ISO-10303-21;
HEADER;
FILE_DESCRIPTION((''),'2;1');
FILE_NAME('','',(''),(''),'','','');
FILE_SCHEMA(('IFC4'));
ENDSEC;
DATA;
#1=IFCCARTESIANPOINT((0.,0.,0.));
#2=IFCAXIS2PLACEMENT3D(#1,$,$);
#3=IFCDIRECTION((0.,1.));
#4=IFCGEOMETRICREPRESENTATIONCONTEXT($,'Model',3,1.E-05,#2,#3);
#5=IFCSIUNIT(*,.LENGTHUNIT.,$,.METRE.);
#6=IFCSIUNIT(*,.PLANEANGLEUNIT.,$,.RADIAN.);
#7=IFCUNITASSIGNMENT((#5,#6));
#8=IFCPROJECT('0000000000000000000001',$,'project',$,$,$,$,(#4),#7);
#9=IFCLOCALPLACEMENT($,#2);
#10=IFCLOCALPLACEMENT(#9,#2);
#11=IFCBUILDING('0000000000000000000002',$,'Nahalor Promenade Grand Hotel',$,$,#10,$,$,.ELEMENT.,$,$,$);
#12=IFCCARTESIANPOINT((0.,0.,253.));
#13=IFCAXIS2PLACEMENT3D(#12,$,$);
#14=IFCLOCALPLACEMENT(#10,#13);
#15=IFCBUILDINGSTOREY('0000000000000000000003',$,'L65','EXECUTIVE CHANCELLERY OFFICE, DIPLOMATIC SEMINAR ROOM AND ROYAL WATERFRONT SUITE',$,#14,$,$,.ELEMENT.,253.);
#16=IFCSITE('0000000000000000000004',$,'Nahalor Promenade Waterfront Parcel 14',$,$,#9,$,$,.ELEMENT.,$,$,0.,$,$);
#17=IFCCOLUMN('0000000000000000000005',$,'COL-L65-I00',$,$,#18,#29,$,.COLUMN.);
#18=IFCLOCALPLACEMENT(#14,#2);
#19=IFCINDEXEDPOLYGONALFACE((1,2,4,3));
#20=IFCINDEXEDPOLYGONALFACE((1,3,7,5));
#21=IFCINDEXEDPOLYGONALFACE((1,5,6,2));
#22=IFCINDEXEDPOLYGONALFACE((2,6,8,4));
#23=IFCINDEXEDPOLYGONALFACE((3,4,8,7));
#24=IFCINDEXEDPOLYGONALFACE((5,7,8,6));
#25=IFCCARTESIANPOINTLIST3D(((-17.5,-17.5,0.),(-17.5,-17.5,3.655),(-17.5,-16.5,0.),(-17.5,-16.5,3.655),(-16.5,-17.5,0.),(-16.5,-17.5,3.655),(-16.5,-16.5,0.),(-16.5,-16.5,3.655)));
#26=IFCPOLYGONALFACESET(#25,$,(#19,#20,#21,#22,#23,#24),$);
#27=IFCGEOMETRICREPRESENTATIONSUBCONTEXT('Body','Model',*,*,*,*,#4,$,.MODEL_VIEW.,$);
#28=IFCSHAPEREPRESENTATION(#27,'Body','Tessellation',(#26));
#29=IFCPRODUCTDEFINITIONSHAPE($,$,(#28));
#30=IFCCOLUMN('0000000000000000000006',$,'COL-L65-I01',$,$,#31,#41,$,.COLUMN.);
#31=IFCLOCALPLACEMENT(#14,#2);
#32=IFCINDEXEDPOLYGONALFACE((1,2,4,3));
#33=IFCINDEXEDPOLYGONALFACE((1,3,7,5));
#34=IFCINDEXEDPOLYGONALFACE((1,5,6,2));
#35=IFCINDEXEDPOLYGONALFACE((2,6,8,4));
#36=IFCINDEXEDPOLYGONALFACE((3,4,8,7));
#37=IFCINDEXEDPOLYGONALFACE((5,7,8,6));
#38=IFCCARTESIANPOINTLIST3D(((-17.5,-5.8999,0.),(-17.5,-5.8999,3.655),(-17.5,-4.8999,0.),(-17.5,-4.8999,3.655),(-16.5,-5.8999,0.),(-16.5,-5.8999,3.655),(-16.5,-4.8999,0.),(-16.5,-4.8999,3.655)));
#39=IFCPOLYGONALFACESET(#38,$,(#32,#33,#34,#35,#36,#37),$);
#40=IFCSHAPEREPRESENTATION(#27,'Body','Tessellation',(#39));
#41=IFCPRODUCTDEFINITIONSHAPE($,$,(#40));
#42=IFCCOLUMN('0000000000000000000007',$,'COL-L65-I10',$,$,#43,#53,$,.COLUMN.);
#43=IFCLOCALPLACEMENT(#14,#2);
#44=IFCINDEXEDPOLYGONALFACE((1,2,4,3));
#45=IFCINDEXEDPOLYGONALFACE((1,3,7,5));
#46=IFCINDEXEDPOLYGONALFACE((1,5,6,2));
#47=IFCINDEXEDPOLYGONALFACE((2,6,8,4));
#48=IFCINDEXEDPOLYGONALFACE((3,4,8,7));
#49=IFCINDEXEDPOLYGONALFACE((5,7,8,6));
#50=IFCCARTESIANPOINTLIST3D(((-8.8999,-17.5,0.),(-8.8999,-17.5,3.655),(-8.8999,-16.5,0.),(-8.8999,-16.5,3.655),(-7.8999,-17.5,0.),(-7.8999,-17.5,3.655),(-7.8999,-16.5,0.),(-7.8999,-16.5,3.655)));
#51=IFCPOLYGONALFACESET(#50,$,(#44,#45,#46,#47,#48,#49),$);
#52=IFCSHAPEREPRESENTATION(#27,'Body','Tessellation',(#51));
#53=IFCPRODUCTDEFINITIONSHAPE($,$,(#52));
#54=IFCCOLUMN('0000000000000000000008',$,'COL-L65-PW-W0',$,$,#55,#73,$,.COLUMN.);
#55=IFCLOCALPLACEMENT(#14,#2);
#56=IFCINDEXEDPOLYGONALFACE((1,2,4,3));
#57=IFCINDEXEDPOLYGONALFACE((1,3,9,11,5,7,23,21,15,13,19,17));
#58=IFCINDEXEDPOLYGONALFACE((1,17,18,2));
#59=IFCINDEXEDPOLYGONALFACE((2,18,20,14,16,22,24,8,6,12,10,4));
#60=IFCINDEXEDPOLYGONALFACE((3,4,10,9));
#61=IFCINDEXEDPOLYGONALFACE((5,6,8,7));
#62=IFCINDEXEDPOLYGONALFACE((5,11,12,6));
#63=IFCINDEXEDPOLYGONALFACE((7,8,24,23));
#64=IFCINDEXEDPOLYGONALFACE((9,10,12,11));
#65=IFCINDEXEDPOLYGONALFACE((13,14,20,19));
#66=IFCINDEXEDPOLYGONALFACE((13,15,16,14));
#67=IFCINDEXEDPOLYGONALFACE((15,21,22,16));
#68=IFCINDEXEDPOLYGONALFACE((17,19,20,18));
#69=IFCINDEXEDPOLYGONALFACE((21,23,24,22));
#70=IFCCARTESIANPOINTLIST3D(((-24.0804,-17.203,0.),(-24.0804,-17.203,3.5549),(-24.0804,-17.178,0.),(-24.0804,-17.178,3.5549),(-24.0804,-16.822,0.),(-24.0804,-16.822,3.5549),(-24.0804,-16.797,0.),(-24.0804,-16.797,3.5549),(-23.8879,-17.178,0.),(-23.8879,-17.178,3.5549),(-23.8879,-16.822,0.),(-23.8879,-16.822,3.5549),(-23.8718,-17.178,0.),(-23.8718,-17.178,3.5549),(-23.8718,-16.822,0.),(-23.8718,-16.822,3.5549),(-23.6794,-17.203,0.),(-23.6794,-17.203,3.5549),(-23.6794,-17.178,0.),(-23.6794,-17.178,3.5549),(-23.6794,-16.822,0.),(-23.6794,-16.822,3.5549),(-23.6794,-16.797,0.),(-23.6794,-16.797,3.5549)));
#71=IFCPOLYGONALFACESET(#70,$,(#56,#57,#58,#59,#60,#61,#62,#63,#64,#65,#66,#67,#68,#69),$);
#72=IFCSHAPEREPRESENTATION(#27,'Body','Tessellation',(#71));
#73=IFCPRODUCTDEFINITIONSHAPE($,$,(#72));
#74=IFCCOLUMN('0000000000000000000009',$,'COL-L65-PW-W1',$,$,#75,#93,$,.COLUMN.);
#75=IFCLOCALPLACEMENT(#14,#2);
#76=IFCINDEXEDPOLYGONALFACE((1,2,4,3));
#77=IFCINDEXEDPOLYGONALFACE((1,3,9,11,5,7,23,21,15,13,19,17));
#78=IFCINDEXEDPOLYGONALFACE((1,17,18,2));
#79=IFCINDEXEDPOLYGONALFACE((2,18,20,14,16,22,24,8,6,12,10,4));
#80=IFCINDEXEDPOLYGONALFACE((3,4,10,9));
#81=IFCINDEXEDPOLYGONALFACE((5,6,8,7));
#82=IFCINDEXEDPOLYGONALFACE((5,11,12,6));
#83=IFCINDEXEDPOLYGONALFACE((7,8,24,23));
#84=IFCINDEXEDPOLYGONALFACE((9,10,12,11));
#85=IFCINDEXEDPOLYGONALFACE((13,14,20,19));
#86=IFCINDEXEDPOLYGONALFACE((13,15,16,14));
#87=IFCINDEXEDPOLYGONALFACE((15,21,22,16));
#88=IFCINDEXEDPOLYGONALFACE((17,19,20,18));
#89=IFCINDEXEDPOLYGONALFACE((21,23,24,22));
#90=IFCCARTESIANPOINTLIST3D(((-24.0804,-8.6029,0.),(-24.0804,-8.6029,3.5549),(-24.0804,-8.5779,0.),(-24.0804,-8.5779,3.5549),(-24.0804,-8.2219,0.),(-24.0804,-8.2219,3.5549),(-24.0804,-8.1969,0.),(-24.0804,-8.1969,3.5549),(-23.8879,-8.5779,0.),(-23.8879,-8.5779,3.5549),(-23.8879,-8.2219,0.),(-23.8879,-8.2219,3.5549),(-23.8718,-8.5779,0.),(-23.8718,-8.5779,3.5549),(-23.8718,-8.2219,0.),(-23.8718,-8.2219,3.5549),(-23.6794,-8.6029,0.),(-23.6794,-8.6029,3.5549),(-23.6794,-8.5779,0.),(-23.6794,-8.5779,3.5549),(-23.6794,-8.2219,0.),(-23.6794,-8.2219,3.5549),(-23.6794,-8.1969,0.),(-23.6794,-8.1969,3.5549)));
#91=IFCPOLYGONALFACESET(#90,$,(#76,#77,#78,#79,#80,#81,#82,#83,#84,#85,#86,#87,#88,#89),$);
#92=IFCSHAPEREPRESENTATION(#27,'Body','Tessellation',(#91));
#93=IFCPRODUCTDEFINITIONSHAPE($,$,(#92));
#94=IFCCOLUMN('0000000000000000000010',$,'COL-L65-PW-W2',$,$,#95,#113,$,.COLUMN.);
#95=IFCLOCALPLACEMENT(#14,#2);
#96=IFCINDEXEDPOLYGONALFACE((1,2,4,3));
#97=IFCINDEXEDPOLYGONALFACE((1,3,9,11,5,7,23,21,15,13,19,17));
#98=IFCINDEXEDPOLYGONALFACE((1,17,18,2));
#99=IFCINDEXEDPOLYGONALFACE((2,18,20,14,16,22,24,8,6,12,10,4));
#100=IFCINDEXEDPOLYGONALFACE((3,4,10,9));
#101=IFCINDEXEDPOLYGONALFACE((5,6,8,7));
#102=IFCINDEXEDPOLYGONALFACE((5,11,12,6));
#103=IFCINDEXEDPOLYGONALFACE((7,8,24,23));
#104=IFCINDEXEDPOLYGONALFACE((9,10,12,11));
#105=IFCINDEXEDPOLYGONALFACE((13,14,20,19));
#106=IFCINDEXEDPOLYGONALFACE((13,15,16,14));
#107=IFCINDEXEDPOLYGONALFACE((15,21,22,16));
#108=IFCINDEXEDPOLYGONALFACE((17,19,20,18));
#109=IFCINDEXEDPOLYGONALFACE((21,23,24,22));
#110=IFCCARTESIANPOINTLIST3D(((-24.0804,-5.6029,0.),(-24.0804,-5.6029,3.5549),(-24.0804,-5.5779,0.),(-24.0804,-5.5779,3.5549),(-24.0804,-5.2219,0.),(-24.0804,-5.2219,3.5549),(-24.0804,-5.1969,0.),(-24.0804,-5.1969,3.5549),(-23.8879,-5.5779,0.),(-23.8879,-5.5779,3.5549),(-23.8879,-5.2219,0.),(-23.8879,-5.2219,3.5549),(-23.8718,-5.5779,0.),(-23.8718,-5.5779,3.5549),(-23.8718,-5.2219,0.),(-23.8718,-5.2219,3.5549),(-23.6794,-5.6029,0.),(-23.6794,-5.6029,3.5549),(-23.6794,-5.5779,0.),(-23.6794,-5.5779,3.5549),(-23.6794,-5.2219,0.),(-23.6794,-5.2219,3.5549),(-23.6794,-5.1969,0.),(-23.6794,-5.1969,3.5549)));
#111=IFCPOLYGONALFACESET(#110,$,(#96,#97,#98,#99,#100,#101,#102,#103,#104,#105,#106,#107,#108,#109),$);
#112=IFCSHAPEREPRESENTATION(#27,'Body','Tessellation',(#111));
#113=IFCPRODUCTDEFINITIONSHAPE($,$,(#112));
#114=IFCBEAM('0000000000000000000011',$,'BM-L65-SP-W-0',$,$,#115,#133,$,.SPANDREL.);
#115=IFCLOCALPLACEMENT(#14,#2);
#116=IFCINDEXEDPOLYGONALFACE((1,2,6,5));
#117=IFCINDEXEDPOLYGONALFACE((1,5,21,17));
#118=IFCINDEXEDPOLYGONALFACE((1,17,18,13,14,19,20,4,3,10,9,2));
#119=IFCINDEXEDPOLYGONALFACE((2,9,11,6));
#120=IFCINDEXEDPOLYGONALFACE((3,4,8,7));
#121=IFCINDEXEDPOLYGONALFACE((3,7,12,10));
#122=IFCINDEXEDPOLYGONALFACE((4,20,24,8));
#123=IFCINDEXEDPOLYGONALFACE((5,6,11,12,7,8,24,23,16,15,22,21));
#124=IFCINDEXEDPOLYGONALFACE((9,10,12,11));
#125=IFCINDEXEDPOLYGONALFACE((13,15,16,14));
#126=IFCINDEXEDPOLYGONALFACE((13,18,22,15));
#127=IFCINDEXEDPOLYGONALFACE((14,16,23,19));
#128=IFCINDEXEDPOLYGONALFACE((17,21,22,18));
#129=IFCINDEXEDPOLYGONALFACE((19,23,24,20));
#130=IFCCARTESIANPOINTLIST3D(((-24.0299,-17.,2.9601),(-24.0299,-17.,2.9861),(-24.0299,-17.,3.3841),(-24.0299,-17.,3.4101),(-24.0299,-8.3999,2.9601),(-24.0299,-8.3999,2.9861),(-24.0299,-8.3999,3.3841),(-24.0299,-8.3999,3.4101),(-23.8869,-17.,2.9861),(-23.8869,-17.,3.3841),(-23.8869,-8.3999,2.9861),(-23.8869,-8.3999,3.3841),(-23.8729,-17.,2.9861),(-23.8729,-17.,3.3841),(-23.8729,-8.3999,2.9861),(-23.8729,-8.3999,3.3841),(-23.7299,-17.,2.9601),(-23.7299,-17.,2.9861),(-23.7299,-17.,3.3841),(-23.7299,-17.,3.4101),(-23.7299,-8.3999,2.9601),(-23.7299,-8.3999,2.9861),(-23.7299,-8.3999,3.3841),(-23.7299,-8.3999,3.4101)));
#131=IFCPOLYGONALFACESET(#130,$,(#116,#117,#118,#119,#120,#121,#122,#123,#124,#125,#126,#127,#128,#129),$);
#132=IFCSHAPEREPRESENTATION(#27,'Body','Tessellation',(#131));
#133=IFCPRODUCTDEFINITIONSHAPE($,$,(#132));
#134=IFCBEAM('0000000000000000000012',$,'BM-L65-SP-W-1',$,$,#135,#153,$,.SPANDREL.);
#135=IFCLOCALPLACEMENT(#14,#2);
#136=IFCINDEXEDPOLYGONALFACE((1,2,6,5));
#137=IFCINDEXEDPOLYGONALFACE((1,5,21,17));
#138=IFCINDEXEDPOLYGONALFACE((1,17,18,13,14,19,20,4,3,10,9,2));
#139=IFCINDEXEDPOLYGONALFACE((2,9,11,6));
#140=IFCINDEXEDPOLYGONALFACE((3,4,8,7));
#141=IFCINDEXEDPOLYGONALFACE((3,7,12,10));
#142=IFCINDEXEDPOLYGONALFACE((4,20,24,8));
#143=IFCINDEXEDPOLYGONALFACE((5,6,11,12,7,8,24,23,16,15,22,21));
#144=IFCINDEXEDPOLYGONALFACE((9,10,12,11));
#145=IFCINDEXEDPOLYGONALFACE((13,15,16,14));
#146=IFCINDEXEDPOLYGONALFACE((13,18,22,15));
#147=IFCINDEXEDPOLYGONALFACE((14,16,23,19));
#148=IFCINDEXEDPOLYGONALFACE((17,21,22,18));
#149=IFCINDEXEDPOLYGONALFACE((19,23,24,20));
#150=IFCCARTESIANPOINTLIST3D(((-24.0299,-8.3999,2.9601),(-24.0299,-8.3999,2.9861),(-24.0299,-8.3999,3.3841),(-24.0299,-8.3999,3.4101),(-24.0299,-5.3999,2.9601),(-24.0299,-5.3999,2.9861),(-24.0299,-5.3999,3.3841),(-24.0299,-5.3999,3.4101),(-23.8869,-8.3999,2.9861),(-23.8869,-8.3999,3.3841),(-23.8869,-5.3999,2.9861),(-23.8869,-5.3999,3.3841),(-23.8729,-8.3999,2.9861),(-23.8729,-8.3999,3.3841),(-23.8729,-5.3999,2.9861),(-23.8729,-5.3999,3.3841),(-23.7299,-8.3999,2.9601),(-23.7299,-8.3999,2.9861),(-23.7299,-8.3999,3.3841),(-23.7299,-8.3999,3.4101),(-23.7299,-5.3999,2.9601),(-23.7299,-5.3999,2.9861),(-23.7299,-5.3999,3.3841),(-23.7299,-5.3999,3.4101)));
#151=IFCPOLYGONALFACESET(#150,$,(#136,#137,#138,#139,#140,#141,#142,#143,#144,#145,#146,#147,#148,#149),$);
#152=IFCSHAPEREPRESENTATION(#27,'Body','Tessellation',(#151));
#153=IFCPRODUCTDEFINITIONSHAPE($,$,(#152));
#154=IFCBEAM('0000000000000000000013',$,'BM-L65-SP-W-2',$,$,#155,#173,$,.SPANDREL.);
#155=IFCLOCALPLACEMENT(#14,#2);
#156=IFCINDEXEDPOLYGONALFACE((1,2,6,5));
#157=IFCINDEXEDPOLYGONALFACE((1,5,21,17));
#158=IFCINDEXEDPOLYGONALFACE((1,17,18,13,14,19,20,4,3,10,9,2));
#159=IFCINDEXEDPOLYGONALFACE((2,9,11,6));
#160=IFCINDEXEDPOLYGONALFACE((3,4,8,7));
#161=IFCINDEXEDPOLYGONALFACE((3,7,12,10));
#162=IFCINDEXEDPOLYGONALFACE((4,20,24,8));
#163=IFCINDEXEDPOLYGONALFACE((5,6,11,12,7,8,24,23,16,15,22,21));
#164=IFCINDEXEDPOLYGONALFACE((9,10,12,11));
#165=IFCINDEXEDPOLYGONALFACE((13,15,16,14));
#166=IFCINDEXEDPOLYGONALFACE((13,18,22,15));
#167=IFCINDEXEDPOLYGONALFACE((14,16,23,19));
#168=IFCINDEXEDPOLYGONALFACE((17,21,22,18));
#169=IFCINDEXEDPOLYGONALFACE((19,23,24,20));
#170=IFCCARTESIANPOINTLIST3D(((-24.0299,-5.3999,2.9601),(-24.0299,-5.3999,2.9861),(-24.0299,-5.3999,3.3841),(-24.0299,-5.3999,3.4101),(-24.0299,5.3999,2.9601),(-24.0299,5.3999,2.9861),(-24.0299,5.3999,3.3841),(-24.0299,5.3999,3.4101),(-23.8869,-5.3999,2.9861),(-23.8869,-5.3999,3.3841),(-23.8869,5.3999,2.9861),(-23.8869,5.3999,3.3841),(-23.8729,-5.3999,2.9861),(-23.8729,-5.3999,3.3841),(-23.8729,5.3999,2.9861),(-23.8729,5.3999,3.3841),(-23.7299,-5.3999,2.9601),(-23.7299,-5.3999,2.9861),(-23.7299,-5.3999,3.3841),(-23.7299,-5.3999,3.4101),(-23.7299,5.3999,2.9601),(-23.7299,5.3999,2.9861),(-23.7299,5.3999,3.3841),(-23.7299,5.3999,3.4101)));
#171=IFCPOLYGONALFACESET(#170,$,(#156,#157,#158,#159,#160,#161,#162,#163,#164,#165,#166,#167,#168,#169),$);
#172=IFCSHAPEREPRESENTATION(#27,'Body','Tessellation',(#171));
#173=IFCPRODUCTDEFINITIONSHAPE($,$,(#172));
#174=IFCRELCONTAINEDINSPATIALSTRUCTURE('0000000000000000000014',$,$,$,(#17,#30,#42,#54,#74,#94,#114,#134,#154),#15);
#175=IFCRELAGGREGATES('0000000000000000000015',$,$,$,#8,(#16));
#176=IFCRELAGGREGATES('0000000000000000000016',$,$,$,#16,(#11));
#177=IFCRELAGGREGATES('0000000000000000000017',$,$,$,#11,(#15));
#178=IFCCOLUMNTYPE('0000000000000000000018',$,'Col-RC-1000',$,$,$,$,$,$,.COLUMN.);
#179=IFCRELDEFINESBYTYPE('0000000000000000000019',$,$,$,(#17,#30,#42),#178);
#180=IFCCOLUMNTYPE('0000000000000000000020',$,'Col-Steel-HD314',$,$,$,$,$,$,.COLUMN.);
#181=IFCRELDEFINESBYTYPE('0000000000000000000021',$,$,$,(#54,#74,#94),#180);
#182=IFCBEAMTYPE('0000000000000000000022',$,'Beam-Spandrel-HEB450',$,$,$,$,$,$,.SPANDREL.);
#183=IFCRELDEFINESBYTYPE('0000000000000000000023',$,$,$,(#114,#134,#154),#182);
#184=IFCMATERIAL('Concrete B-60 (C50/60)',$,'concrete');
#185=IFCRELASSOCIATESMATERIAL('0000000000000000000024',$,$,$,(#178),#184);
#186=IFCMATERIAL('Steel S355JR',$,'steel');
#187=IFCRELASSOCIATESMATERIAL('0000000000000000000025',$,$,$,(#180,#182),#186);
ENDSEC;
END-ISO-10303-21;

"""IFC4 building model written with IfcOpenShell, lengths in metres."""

from ifc_helpers import new_model, si_unit, direction, frame, origin, origin_2d, place, context, subcontext, project, spatial, rectangle, i_section, extrude, source, transform, mapped, material, material_profile, profile_set, type_object, element, save


model = new_model("IFC4")

# Units and contexts
model_context = context("Model", 3, precision=1e-05, world=origin(), true_north=direction((0.0, 1.0)))
body_context = subcontext(model_context, "Body", "Model", "MODEL_VIEW")
ifc_project = project(units=[si_unit("LENGTHUNIT", "METRE"), si_unit("PLANEANGLEUNIT", "RADIAN")], contexts=[model_context])

# Site, building, storey
site_placement = place(None, origin())
site = spatial("IfcSite", under=ifc_project, at=site_placement, Name="Nahalor Promenade Waterfront Parcel 14", CompositionType="ELEMENT", RefElevation=0.0)
building_placement = place(site_placement, origin())
building = spatial("IfcBuilding", under=site, at=building_placement, Name="Nahalor Promenade Grand Hotel", CompositionType="ELEMENT")
storey_placement = place(building_placement, frame((0.0, 0.0, 253.0)))
storey = spatial("IfcBuildingStorey", under=building, at=storey_placement, Name="L65", Description="EXECUTIVE CHANCELLERY OFFICE, DIPLOMATIC SEMINAR ROOM AND ROYAL WATERFRONT SUITE", CompositionType="ELEMENT", Elevation=253.0)

# Columns
ifc_material_1 = material(Name="Concrete B-60 (C50/60)", Category="concrete")
ifc_material_profile_1 = material_profile(ifc_material_1, rectangle(XDim=1.0, YDim=1.0, at=origin_2d()), Name="RC 1000x1000")
ifc_profile_set_1 = profile_set([ifc_material_profile_1], Name="Concrete B-60 (C50/60)")
column_type_1 = type_object("IfcColumnType", Name="Col-RC-1000", PredefinedType="COLUMN", material=ifc_profile_set_1)
shared_shape_1 = source(origin(), body_context, "Body", "SweptSolid", [
    extrude(rectangle(XDim=1.0, YDim=1.0, at=origin_2d()), origin(), (0.0, 0.0, 1.0), 3.655),
])
for number, where, z_axis, x_axis, name in (
    (1, (-17.0, -17.0, 0.0), (0.0, 0.0, 1.0), (1.0, 0.0, 0.0), "COL-L65-I00"),
    (2, (-17.0, -5.3999, 0.0), (0.0, 0.0, 1.0), (1.0, 0.0, 0.0), "COL-L65-I01"),
    (3, (-8.3999, -17.0, 0.0), (0.0, 0.0, 1.0), (1.0, 0.0, 0.0), "COL-L65-I10"),
):
    element("IfcColumn", number, at=place(storey_placement, frame(where, z_axis=z_axis, x_axis=x_axis)), inside=storey, type_object=column_type_1, Name=name, PredefinedType="COLUMN", context=body_context, shape_type="MappedRepresentation", body=[
        mapped(shared_shape_1, transform((0.0, 0.0, 0.0), scale=1.0)),
    ])
ifc_material_2 = material(Name="Steel S355JR", Category="steel")
ifc_material_profile_2 = material_profile(ifc_material_2, i_section(OverallWidth=0.401, OverallDepth=0.406, WebThickness=0.0161, FlangeThickness=0.025, at=origin_2d()), Name="HD 400x314")
ifc_profile_set_2 = profile_set([ifc_material_profile_2], Name="Steel S355JR")
column_type_2 = type_object("IfcColumnType", Name="Col-Steel-HD314", PredefinedType="COLUMN", material=ifc_profile_set_2)
shared_shape_2 = source(origin(), body_context, "Body", "SweptSolid", [
    extrude(i_section(OverallWidth=0.401, OverallDepth=0.406, WebThickness=0.0161, FlangeThickness=0.025, at=origin_2d()), origin(), (0.0, 0.0, 1.0), 3.5549),
])
for number, where, z_axis, x_axis, name in (
    (4, (-23.8799, -17.0, 0.0), (0.0, 0.0, 1.0), (1.0, 0.0, 0.0), "COL-L65-PW-W0"),
    (5, (-23.8799, -8.3999, 0.0), (0.0, 0.0, 1.0), (1.0, 0.0, 0.0), "COL-L65-PW-W1"),
    (6, (-23.8799, -5.3999, 0.0), (0.0, 0.0, 1.0), (1.0, 0.0, 0.0), "COL-L65-PW-W2"),
):
    element("IfcColumn", number, at=place(storey_placement, frame(where, z_axis=z_axis, x_axis=x_axis)), inside=storey, type_object=column_type_2, Name=name, PredefinedType="COLUMN", context=body_context, shape_type="MappedRepresentation", body=[
        mapped(shared_shape_2, transform((0.0, 0.0, 0.0), scale=1.0)),
    ])

# Beams
ifc_material_profile_3 = material_profile(ifc_material_2, i_section(OverallWidth=0.3, OverallDepth=0.45, WebThickness=0.014, FlangeThickness=0.026, at=origin_2d()), Name="HEB 450")
ifc_profile_set_3 = profile_set([ifc_material_profile_3], Name="Steel S355JR")
beam_type_1 = type_object("IfcBeamType", Name="Beam-Spandrel-HEB450", PredefinedType="SPANDREL", material=ifc_profile_set_3)
shared_shape_3 = source(origin(), body_context, "Body", "SweptSolid", [
    extrude(i_section(OverallWidth=0.3, OverallDepth=0.45, WebThickness=0.014, FlangeThickness=0.026, at=origin_2d()), origin(), (0.0, 0.0, 1.0), 8.6001),
])
beam_1_placement = place(storey_placement, frame((-23.8799, -17.0, 3.1851), z_axis=(0.0, 1.0, 0.0), x_axis=(-1.0, 0.0, 0.0)))
element("IfcBeam", 7, at=beam_1_placement, inside=storey, type_object=beam_type_1, Name="BM-L65-SP-W-0", PredefinedType="SPANDREL", context=body_context, shape_type="MappedRepresentation", body=[
    mapped(shared_shape_3, transform((0.0, 0.0, 0.0), scale=1.0)),
])
shared_shape_4 = source(origin(), body_context, "Body", "SweptSolid", [
    extrude(i_section(OverallWidth=0.3, OverallDepth=0.45, WebThickness=0.014, FlangeThickness=0.026, at=origin_2d()), origin(), (0.0, 0.0, 1.0), 3.0),
])
beam_2_placement = place(storey_placement, frame((-23.8799, -8.3999, 3.1851), z_axis=(0.0, 1.0, 0.0), x_axis=(-1.0, 0.0, 0.0)))
element("IfcBeam", 8, at=beam_2_placement, inside=storey, type_object=beam_type_1, Name="BM-L65-SP-W-1", PredefinedType="SPANDREL", context=body_context, shape_type="MappedRepresentation", body=[
    mapped(shared_shape_4, transform((0.0, 0.0, 0.0), scale=1.0)),
])
shared_shape_5 = source(origin(), body_context, "Body", "SweptSolid", [
    extrude(i_section(OverallWidth=0.3, OverallDepth=0.45, WebThickness=0.014, FlangeThickness=0.026, at=origin_2d()), origin(), (0.0, 0.0, 1.0), 10.7998),
])
beam_3_placement = place(storey_placement, frame((-23.8799, -5.3999, 3.1851), z_axis=(0.0, 1.0, 0.0), x_axis=(-1.0, 0.0, 0.0)))
element("IfcBeam", 9, at=beam_3_placement, inside=storey, type_object=beam_type_1, Name="BM-L65-SP-W-2", PredefinedType="SPANDREL", context=body_context, shape_type="MappedRepresentation", body=[
    mapped(shared_shape_5, transform((0.0, 0.0, 0.0), scale=1.0)),
])

save(model, "model.ifc")
